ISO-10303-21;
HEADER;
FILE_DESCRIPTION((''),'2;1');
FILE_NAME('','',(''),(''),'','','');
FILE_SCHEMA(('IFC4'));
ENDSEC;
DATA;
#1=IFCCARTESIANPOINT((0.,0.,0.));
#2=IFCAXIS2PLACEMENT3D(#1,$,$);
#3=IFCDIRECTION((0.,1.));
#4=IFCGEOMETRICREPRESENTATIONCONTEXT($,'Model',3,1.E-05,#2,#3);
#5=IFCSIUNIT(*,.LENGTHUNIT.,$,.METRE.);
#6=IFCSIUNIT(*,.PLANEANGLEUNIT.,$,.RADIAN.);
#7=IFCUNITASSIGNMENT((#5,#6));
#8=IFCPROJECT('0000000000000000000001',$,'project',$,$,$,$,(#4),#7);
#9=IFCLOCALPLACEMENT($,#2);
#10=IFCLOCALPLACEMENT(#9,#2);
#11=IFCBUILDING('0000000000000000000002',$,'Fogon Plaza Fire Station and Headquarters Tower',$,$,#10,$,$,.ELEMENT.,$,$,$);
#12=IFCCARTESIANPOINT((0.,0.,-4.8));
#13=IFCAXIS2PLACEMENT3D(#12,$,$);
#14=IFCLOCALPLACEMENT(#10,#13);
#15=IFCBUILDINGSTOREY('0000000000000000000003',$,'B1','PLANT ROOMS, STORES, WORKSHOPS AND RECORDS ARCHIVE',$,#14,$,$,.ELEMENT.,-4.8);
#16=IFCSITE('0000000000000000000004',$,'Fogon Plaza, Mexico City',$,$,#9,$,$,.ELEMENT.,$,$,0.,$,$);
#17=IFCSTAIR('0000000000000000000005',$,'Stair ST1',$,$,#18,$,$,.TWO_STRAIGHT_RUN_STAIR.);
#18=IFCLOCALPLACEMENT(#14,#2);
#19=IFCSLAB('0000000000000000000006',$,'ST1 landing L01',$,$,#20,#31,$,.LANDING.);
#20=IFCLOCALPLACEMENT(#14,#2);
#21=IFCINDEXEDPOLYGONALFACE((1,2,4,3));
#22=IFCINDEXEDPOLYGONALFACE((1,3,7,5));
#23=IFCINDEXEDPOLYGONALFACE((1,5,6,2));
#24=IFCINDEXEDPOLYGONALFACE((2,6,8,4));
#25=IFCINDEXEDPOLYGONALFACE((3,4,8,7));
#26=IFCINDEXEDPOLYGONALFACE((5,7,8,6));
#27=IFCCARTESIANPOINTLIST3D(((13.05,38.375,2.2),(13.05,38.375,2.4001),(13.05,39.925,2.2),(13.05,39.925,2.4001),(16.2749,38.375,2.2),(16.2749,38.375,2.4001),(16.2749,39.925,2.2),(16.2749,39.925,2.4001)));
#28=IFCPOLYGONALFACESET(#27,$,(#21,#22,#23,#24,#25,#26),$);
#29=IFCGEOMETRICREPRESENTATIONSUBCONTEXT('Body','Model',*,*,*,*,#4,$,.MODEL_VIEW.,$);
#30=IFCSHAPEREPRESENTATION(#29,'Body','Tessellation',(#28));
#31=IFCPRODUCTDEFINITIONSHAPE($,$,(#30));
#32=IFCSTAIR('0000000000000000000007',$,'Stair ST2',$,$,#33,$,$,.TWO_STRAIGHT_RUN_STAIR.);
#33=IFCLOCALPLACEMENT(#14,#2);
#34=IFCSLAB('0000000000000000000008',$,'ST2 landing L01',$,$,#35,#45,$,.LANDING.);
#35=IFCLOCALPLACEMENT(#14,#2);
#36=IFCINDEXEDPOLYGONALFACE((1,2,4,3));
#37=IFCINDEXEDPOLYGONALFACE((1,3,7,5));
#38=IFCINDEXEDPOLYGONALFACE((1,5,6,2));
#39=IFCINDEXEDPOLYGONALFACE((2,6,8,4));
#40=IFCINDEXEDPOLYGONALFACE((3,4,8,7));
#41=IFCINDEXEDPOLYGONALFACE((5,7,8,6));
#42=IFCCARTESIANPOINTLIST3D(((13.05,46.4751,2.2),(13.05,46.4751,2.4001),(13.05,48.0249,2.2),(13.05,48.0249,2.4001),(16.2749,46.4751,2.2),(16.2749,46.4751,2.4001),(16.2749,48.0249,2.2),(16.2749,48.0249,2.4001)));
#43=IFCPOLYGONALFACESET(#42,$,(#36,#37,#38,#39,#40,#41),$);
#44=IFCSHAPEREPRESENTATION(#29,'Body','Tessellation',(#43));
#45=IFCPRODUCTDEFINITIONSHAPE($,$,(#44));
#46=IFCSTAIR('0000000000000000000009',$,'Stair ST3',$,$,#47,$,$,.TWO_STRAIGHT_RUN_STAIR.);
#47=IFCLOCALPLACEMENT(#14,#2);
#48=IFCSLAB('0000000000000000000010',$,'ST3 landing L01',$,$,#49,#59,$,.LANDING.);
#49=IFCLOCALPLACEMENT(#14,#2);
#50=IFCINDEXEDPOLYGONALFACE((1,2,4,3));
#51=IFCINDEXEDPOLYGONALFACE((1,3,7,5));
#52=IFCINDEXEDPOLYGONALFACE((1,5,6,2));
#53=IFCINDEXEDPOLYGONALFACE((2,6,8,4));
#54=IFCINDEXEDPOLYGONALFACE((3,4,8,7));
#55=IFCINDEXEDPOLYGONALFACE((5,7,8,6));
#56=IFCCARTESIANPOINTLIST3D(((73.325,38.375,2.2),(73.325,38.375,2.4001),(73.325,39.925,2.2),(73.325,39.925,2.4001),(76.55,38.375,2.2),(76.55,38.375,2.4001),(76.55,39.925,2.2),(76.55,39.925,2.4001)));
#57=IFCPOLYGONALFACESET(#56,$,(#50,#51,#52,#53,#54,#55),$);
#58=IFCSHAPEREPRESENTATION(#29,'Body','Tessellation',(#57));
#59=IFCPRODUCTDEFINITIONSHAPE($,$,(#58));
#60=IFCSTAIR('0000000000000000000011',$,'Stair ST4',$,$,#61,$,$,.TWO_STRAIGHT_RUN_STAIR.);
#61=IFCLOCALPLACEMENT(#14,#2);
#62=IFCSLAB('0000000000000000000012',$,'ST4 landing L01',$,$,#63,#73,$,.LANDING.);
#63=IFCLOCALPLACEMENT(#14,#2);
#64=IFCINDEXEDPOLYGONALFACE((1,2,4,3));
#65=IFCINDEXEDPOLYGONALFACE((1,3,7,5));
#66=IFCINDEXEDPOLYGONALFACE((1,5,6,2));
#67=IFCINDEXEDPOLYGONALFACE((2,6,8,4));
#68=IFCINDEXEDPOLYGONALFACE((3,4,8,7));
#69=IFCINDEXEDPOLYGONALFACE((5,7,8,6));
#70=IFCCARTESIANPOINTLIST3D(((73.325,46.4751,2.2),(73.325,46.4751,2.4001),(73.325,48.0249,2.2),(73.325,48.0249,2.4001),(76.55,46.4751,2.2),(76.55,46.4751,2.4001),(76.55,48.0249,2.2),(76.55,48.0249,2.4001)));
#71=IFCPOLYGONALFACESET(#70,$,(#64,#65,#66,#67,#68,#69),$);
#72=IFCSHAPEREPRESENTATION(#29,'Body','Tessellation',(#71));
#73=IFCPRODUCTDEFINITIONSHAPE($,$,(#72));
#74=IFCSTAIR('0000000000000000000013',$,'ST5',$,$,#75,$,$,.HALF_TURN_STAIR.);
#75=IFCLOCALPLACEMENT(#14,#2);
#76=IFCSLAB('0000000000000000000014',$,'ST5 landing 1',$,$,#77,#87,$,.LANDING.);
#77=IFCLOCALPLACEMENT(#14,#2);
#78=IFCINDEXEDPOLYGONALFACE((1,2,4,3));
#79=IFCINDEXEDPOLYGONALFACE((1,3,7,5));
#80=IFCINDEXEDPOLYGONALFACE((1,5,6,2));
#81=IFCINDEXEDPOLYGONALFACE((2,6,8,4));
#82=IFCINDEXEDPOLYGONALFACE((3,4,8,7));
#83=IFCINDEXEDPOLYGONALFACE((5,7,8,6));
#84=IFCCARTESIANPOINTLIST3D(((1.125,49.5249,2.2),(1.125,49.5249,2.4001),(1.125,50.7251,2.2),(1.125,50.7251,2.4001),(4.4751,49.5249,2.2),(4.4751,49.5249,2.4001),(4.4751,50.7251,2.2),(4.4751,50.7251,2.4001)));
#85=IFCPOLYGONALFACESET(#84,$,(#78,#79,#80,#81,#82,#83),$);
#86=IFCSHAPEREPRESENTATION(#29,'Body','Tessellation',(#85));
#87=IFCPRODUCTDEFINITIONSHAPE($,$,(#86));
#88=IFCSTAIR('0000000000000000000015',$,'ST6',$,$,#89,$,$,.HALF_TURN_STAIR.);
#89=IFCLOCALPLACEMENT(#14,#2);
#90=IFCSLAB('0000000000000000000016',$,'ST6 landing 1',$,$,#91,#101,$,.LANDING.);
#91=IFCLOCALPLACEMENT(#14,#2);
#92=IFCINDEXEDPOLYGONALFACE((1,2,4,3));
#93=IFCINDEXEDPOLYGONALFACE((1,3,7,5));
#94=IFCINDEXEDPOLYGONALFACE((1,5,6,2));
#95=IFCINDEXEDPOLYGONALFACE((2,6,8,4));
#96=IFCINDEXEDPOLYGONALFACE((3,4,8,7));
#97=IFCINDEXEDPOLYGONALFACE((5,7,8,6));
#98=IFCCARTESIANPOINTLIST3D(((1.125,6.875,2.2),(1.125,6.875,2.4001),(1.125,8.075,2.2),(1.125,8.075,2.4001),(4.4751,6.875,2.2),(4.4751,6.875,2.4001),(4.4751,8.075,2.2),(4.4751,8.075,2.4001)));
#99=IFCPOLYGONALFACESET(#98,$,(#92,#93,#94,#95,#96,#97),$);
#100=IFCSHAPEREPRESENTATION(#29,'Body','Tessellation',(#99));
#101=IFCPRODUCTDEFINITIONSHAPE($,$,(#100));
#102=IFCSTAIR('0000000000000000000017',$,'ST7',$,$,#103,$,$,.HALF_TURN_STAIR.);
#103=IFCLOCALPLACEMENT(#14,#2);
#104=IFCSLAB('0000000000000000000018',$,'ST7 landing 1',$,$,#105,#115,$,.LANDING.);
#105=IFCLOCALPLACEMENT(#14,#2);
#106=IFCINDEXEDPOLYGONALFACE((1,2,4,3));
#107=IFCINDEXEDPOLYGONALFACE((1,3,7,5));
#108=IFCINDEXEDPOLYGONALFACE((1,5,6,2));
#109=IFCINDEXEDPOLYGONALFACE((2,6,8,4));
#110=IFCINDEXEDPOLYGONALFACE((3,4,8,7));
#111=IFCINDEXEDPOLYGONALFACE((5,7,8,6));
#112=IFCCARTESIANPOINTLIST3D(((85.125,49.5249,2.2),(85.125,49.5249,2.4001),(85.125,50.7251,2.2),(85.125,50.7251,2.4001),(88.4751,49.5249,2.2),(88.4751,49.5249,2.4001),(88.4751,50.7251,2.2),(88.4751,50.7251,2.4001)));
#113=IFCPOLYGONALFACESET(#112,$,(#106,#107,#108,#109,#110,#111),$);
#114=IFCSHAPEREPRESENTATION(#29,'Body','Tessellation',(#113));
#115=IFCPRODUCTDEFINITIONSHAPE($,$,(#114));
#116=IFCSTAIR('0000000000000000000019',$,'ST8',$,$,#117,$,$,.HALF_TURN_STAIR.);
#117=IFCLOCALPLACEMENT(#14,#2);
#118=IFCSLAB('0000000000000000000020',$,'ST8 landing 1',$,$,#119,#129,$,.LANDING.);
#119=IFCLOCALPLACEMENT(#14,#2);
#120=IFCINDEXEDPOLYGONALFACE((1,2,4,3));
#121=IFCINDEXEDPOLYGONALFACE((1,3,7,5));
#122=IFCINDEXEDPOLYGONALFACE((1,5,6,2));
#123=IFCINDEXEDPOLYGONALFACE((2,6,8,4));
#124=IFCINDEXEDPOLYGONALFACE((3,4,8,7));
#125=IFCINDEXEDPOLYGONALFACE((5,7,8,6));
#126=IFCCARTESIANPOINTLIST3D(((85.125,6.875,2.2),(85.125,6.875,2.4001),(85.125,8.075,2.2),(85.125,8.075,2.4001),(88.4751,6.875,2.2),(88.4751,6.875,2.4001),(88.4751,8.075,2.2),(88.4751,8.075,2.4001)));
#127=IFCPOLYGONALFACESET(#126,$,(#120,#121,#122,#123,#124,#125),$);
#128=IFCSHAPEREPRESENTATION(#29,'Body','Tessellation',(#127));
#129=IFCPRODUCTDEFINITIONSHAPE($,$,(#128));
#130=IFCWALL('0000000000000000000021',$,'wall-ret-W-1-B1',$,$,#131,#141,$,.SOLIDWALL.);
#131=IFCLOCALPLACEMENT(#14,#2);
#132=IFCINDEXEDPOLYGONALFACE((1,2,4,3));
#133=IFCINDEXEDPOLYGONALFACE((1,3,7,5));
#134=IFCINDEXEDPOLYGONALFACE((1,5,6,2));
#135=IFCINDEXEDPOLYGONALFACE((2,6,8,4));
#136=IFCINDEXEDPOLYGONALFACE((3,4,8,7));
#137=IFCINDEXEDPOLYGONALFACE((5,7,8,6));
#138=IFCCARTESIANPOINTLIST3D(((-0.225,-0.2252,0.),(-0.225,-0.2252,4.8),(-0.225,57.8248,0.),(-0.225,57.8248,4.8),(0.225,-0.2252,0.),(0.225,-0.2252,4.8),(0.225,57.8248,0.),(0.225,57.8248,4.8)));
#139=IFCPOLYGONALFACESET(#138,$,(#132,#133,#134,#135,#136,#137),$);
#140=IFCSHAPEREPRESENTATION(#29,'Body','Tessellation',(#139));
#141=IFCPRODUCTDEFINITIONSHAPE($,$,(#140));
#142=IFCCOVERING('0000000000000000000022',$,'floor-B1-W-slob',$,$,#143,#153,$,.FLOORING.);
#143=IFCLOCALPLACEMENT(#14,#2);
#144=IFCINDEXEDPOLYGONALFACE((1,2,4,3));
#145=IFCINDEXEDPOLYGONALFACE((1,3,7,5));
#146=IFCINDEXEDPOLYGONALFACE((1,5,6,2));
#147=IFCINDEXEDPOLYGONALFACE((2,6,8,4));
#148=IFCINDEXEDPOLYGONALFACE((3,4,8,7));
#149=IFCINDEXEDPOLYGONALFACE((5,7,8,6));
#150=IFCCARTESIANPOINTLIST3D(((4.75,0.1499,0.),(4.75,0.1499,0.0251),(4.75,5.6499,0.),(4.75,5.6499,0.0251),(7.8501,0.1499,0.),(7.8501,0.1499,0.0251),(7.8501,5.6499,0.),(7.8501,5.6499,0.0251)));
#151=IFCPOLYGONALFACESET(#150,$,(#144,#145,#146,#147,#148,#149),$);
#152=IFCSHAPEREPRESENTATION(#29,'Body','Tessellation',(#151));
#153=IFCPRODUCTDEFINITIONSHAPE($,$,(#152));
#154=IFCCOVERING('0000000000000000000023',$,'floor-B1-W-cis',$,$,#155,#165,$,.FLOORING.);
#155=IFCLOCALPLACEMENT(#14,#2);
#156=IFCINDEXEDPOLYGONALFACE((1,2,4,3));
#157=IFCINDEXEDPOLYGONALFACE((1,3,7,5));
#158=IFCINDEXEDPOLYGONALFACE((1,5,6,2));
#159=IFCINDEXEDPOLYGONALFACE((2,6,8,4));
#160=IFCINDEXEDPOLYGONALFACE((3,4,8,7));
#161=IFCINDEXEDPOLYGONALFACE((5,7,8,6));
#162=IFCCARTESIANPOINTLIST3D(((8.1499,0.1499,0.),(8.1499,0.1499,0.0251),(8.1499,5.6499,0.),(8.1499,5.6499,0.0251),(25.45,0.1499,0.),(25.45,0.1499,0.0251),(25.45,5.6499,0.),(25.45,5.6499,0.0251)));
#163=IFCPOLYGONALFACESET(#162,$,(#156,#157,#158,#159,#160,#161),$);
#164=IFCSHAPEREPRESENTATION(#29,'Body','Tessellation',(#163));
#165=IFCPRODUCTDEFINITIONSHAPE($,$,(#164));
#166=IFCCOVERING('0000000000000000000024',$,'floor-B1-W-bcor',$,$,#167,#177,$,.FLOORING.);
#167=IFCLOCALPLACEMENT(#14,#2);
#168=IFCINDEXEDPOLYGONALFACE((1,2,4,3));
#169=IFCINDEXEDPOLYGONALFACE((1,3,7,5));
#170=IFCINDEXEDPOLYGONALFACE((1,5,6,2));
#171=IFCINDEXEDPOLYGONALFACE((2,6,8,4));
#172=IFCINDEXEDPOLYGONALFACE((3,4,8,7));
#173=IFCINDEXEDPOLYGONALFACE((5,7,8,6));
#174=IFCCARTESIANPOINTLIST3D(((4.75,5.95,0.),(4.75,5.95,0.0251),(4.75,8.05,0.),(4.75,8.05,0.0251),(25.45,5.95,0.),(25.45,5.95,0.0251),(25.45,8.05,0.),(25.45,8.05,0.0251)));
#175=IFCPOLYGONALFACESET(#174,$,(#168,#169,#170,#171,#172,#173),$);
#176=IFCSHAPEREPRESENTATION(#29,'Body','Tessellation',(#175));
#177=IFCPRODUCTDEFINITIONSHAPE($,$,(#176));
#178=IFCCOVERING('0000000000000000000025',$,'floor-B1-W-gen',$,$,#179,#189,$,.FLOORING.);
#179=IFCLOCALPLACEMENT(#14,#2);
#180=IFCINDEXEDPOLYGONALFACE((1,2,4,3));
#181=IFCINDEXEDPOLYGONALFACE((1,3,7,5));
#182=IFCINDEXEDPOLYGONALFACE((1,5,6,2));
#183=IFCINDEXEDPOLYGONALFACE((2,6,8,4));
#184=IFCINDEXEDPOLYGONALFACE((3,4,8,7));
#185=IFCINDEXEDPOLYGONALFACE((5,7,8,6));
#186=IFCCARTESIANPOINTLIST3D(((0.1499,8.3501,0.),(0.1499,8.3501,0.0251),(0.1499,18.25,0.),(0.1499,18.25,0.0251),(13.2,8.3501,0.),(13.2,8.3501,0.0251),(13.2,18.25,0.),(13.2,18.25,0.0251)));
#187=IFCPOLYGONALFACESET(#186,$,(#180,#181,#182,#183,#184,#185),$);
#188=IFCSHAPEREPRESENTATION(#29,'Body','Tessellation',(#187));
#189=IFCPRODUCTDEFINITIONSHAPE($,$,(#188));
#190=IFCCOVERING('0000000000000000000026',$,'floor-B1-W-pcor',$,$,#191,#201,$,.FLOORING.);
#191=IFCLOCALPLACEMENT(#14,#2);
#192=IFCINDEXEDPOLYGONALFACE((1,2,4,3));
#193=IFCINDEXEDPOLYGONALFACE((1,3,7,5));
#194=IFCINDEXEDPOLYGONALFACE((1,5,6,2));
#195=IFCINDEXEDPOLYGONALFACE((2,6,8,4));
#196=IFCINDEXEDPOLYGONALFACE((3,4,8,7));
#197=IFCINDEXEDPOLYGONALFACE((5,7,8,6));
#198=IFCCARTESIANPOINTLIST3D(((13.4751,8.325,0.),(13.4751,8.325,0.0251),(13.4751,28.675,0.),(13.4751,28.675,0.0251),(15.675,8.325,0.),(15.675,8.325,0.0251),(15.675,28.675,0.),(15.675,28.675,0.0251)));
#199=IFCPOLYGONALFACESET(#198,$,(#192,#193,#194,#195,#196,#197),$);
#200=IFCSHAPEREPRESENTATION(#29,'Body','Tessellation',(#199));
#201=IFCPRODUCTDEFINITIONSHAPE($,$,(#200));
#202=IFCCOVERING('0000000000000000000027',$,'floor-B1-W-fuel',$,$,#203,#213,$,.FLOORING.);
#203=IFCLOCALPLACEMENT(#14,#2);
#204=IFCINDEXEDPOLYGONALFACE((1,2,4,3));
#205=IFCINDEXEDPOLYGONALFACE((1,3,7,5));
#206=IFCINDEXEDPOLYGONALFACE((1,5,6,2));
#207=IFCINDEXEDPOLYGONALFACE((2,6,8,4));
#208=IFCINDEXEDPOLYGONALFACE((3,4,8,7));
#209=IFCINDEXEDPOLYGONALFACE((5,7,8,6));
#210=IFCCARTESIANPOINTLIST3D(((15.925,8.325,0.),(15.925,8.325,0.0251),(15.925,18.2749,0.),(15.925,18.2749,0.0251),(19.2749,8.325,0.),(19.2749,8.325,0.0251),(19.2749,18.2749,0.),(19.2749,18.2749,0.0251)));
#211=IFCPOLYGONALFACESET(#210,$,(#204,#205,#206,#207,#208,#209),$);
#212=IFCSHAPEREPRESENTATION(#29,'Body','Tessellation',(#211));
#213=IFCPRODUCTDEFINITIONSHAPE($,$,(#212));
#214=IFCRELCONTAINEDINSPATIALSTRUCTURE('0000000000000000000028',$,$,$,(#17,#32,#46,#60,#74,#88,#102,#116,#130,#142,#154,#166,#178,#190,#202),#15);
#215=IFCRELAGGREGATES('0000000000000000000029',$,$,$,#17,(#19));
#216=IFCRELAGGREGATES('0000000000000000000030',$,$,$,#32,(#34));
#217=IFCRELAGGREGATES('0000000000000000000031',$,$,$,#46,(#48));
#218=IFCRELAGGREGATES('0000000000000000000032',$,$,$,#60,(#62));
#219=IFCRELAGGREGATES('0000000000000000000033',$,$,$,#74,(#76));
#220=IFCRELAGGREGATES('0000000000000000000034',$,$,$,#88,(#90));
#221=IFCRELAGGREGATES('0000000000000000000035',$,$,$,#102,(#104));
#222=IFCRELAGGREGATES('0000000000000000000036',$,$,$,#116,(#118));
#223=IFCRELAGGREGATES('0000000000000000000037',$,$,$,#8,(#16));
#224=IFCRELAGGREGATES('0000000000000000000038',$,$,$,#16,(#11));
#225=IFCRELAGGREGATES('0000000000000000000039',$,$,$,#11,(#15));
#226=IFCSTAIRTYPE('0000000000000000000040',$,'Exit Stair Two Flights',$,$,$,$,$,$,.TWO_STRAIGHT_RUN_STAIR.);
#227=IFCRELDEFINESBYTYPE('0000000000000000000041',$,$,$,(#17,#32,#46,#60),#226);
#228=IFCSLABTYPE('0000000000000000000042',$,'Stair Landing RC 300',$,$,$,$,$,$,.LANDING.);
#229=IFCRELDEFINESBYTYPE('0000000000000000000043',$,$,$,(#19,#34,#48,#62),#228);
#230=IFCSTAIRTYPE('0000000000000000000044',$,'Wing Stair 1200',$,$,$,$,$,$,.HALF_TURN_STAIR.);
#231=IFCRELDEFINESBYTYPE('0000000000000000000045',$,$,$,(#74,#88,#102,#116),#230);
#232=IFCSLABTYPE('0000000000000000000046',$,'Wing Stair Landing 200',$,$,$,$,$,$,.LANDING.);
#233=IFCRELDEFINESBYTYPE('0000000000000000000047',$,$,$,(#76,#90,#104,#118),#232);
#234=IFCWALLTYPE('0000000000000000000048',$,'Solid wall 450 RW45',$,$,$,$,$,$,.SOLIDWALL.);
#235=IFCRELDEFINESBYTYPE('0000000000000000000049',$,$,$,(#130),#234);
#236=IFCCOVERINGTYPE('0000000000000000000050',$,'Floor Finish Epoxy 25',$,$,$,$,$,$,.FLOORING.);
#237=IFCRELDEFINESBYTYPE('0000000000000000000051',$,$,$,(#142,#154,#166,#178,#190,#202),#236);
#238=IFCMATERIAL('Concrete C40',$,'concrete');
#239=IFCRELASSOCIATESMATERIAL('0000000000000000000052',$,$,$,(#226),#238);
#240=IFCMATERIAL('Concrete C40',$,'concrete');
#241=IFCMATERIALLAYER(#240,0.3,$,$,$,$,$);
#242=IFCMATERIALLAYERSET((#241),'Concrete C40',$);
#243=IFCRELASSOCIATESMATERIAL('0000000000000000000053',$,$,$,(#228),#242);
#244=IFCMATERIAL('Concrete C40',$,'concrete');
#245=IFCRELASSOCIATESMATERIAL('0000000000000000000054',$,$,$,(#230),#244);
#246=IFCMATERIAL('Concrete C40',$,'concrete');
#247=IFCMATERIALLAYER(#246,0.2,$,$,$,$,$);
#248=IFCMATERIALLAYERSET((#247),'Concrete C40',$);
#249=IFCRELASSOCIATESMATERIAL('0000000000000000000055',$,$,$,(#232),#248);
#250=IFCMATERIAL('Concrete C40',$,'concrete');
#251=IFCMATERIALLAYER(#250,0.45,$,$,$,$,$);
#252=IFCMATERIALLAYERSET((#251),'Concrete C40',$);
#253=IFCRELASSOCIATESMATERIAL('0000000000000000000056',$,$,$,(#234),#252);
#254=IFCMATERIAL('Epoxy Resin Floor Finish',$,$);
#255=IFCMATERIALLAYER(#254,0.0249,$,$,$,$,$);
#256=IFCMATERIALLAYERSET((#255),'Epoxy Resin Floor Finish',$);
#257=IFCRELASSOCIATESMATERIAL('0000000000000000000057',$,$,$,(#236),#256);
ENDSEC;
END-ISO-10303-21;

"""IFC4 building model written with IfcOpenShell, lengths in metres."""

from ifc_helpers import new_model, si_unit, direction, frame, frame_2d, origin, place, context, subcontext, project, spatial, polyline, rectangle, outline, extrude, material, layer, layer_set, type_object, element, aggregate, save


model = new_model("IFC4")

# Units and contexts
model_context = context("Model", 3, precision=1e-05, world=origin(), true_north=direction((0.0, 1.0)))
body_context = subcontext(model_context, "Body", "Model", "MODEL_VIEW")
ifc_project = project(units=[si_unit("LENGTHUNIT", "METRE"), si_unit("PLANEANGLEUNIT", "RADIAN")], contexts=[model_context])

# Site, building, storey
site_placement = place(None, origin())
site = spatial("IfcSite", under=ifc_project, at=site_placement, Name="Fogon Plaza, Mexico City", CompositionType="ELEMENT", RefElevation=0.0)
building_placement = place(site_placement, origin())
building = spatial("IfcBuilding", under=site, at=building_placement, Name="Fogon Plaza Fire Station and Headquarters Tower", CompositionType="ELEMENT")
storey_placement = place(building_placement, frame((0.0, 0.0, -4.8)))
storey = spatial("IfcBuildingStorey", under=building, at=storey_placement, Name="B1", Description="PLANT ROOMS, STORES, WORKSHOPS AND RECORDS ARCHIVE", CompositionType="ELEMENT", Elevation=-4.8)

# Stairs, slabs
ifc_material_1 = material(Name="Concrete C40", Category="concrete")
stair_type_1 = type_object("IfcStairType", Name="Exit Stair Two Flights", PredefinedType="TWO_STRAIGHT_RUN_STAIR", material=ifc_material_1)
stair_1_placement = place(storey_placement, origin())
stair_1 = element("IfcStair", 1, at=stair_1_placement, inside=storey, type_object=stair_type_1, Name="Stair ST1", PredefinedType="TWO_STRAIGHT_RUN_STAIR")
ifc_material_2 = material(Name="Concrete C40", Category="concrete")
ifc_layer_1 = layer(ifc_material_2, 0.3)
ifc_layer_set_1 = layer_set([ifc_layer_1], Name="Concrete C40")
slab_type_1 = type_object("IfcSlabType", Name="Stair Landing RC 300", PredefinedType="LANDING", material=ifc_layer_set_1)
slab_1_placement = place(storey_placement, frame((0.0, 0.0, 2.2)))
slab_1 = element("IfcSlab", 2, at=slab_1_placement, type_object=slab_type_1, Name="ST1 landing L01", PredefinedType="LANDING", context=body_context, shape_type="SweptSolid", body=[
    extrude(outline(polyline([(16.2749, 38.375), (16.2749, 39.925), (13.05, 39.925), (13.05, 38.375), (16.2749, 38.375)])), origin(), (0.0, 0.0, 1.0), 0.2002),
])
aggregate(stair_1, [slab_1])
stair_2_placement = place(storey_placement, origin())
stair_2 = element("IfcStair", 3, at=stair_2_placement, inside=storey, type_object=stair_type_1, Name="Stair ST2", PredefinedType="TWO_STRAIGHT_RUN_STAIR")
slab_2_placement = place(storey_placement, frame((0.0, 0.0, 2.2)))
slab_2 = element("IfcSlab", 4, at=slab_2_placement, type_object=slab_type_1, Name="ST2 landing L01", PredefinedType="LANDING", context=body_context, shape_type="SweptSolid", body=[
    extrude(outline(polyline([(16.2749, 46.4751), (16.2749, 48.0249), (13.05, 48.0249), (13.05, 46.4751), (16.2749, 46.4751)])), origin(), (0.0, 0.0, 1.0), 0.2002),
])
aggregate(stair_2, [slab_2])
stair_3_placement = place(storey_placement, origin())
stair_3 = element("IfcStair", 5, at=stair_3_placement, inside=storey, type_object=stair_type_1, Name="Stair ST3", PredefinedType="TWO_STRAIGHT_RUN_STAIR")
slab_3_placement = place(storey_placement, frame((0.0, 0.0, 2.2)))
slab_3 = element("IfcSlab", 6, at=slab_3_placement, type_object=slab_type_1, Name="ST3 landing L01", PredefinedType="LANDING", context=body_context, shape_type="SweptSolid", body=[
    extrude(outline(polyline([(73.325, 38.375), (76.55, 38.375), (76.55, 39.925), (73.325, 39.925), (73.325, 38.375)])), origin(), (0.0, 0.0, 1.0), 0.2002),
])
aggregate(stair_3, [slab_3])
stair_4_placement = place(storey_placement, origin())
stair_4 = element("IfcStair", 7, at=stair_4_placement, inside=storey, type_object=stair_type_1, Name="Stair ST4", PredefinedType="TWO_STRAIGHT_RUN_STAIR")
slab_4_placement = place(storey_placement, frame((0.0, 0.0, 2.2)))
slab_4 = element("IfcSlab", 8, at=slab_4_placement, type_object=slab_type_1, Name="ST4 landing L01", PredefinedType="LANDING", context=body_context, shape_type="SweptSolid", body=[
    extrude(outline(polyline([(73.325, 46.4751), (76.55, 46.4751), (76.55, 48.0249), (73.325, 48.0249), (73.325, 46.4751)])), origin(), (0.0, 0.0, 1.0), 0.2002),
])
aggregate(stair_4, [slab_4])
ifc_material_3 = material(Name="Concrete C40", Category="concrete")
stair_type_2 = type_object("IfcStairType", Name="Wing Stair 1200", PredefinedType="HALF_TURN_STAIR", material=ifc_material_3)
stair_5_placement = place(storey_placement, origin())
stair_5 = element("IfcStair", 9, at=stair_5_placement, inside=storey, type_object=stair_type_2, Name="ST5", PredefinedType="HALF_TURN_STAIR")
ifc_material_4 = material(Name="Concrete C40", Category="concrete")
ifc_layer_2 = layer(ifc_material_4, 0.2)
ifc_layer_set_2 = layer_set([ifc_layer_2], Name="Concrete C40")
slab_type_2 = type_object("IfcSlabType", Name="Wing Stair Landing 200", PredefinedType="LANDING", material=ifc_layer_set_2)
slab_5_placement = place(storey_placement, frame((0.0, 0.0, 2.2)))
slab_5 = element("IfcSlab", 10, at=slab_5_placement, type_object=slab_type_2, Name="ST5 landing 1", PredefinedType="LANDING", context=body_context, shape_type="SweptSolid", body=[
    extrude(outline(polyline([(1.125, 49.5249), (4.4751, 49.5249), (4.4751, 50.7251), (1.125, 50.7251), (1.125, 49.5249)])), origin(), (0.0, 0.0, 1.0), 0.2002),
])
aggregate(stair_5, [slab_5])
stair_6_placement = place(storey_placement, origin())
stair_6 = element("IfcStair", 11, at=stair_6_placement, inside=storey, type_object=stair_type_2, Name="ST6", PredefinedType="HALF_TURN_STAIR")
slab_6_placement = place(storey_placement, frame((0.0, 0.0, 2.2)))
slab_6 = element("IfcSlab", 12, at=slab_6_placement, type_object=slab_type_2, Name="ST6 landing 1", PredefinedType="LANDING", context=body_context, shape_type="SweptSolid", body=[
    extrude(outline(polyline([(1.125, 6.875), (4.4751, 6.875), (4.4751, 8.075), (1.125, 8.075), (1.125, 6.875)])), origin(), (0.0, 0.0, 1.0), 0.2002),
])
aggregate(stair_6, [slab_6])
stair_7_placement = place(storey_placement, origin())
stair_7 = element("IfcStair", 13, at=stair_7_placement, inside=storey, type_object=stair_type_2, Name="ST7", PredefinedType="HALF_TURN_STAIR")
slab_7_placement = place(storey_placement, frame((0.0, 0.0, 2.2)))
slab_7 = element("IfcSlab", 14, at=slab_7_placement, type_object=slab_type_2, Name="ST7 landing 1", PredefinedType="LANDING", context=body_context, shape_type="SweptSolid", body=[
    extrude(outline(polyline([(85.125, 49.5249), (88.4751, 49.5249), (88.4751, 50.7251), (85.125, 50.7251), (85.125, 49.5249)])), origin(), (0.0, 0.0, 1.0), 0.2002),
])
aggregate(stair_7, [slab_7])
stair_8_placement = place(storey_placement, origin())
stair_8 = element("IfcStair", 15, at=stair_8_placement, inside=storey, type_object=stair_type_2, Name="ST8", PredefinedType="HALF_TURN_STAIR")
slab_8_placement = place(storey_placement, frame((0.0, 0.0, 2.2)))
slab_8 = element("IfcSlab", 16, at=slab_8_placement, type_object=slab_type_2, Name="ST8 landing 1", PredefinedType="LANDING", context=body_context, shape_type="SweptSolid", body=[
    extrude(outline(polyline([(85.125, 6.875), (88.4751, 6.875), (88.4751, 8.075), (85.125, 8.075), (85.125, 6.875)])), origin(), (0.0, 0.0, 1.0), 0.2002),
])
aggregate(stair_8, [slab_8])

# Wall
ifc_material_5 = material(Name="Concrete C40", Category="concrete")
ifc_layer_3 = layer(ifc_material_5, 0.45)
ifc_layer_set_3 = layer_set([ifc_layer_3], Name="Concrete C40")
wall_type = type_object("IfcWallType", Name="Solid wall 450 RW45", PredefinedType="SOLIDWALL", material=ifc_layer_set_3)
wall_placement = place(storey_placement, frame((0.0, -0.2251, 0.0), z_axis=(0.0, 0.0, 1.0), x_axis=(0.0, 1.0, 0.0)))
element("IfcWall", 17, at=wall_placement, inside=storey, type_object=wall_type, Name="wall-ret-W-1-B1", PredefinedType="SOLIDWALL", context=body_context, shape_type="SweptSolid", body=[
    extrude(rectangle(XDim=58.05, YDim=0.45, at=frame_2d((29.0249, 0.0))), origin(), (0.0, 0.0, 1.0), 4.8),
])

# Coverings
ifc_material_6 = material(Name="Epoxy Resin Floor Finish")
ifc_layer_4 = layer(ifc_material_6, 0.0249)
ifc_layer_set_4 = layer_set([ifc_layer_4], Name="Epoxy Resin Floor Finish")
covering_type = type_object("IfcCoveringType", Name="Floor Finish Epoxy 25", PredefinedType="FLOORING", material=ifc_layer_set_4)
covering_1_placement = place(storey_placement, origin())
element("IfcCovering", 18, at=covering_1_placement, inside=storey, type_object=covering_type, Name="floor-B1-W-slob", PredefinedType="FLOORING", context=body_context, shape_type="SweptSolid", body=[
    extrude(outline(polyline([(4.75, 0.1499), (4.75, 5.6499), (7.8501, 5.6499), (7.8501, 0.1499), (4.75, 0.1499)])), origin(), (0.0, 0.0, 1.0), 0.0251),
])
covering_2_placement = place(storey_placement, origin())
element("IfcCovering", 19, at=covering_2_placement, inside=storey, type_object=covering_type, Name="floor-B1-W-cis", PredefinedType="FLOORING", context=body_context, shape_type="SweptSolid", body=[
    extrude(outline(polyline([(8.1499, 0.1499), (8.1499, 5.6499), (25.45, 5.6499), (25.45, 0.1499), (8.1499, 0.1499)])), origin(), (0.0, 0.0, 1.0), 0.0251),
])
covering_3_placement = place(storey_placement, origin())
element("IfcCovering", 20, at=covering_3_placement, inside=storey, type_object=covering_type, Name="floor-B1-W-bcor", PredefinedType="FLOORING", context=body_context, shape_type="SweptSolid", body=[
    extrude(outline(polyline([(4.75, 5.95), (4.75, 8.05), (25.45, 8.05), (25.45, 5.95), (4.75, 5.95)])), origin(), (0.0, 0.0, 1.0), 0.0251),
])
covering_4_placement = place(storey_placement, origin())
element("IfcCovering", 21, at=covering_4_placement, inside=storey, type_object=covering_type, Name="floor-B1-W-gen", PredefinedType="FLOORING", context=body_context, shape_type="SweptSolid", body=[
    extrude(outline(polyline([(0.1499, 8.3501), (0.1499, 18.25), (13.2, 18.25), (13.2, 8.3501), (0.1499, 8.3501)])), origin(), (0.0, 0.0, 1.0), 0.0251),
])
covering_5_placement = place(storey_placement, origin())
element("IfcCovering", 22, at=covering_5_placement, inside=storey, type_object=covering_type, Name="floor-B1-W-pcor", PredefinedType="FLOORING", context=body_context, shape_type="SweptSolid", body=[
    extrude(outline(polyline([(13.4751, 8.325), (13.4751, 28.675), (15.675, 28.675), (15.675, 8.325), (13.4751, 8.325)])), origin(), (0.0, 0.0, 1.0), 0.0251),
])
covering_6_placement = place(storey_placement, origin())
element("IfcCovering", 23, at=covering_6_placement, inside=storey, type_object=covering_type, Name="floor-B1-W-fuel", PredefinedType="FLOORING", context=body_context, shape_type="SweptSolid", body=[
    extrude(outline(polyline([(15.925, 8.325), (15.925, 18.2749), (19.2749, 18.2749), (19.2749, 8.325), (15.925, 8.325)])), origin(), (0.0, 0.0, 1.0), 0.0251),
])

save(model, "model.ifc")
